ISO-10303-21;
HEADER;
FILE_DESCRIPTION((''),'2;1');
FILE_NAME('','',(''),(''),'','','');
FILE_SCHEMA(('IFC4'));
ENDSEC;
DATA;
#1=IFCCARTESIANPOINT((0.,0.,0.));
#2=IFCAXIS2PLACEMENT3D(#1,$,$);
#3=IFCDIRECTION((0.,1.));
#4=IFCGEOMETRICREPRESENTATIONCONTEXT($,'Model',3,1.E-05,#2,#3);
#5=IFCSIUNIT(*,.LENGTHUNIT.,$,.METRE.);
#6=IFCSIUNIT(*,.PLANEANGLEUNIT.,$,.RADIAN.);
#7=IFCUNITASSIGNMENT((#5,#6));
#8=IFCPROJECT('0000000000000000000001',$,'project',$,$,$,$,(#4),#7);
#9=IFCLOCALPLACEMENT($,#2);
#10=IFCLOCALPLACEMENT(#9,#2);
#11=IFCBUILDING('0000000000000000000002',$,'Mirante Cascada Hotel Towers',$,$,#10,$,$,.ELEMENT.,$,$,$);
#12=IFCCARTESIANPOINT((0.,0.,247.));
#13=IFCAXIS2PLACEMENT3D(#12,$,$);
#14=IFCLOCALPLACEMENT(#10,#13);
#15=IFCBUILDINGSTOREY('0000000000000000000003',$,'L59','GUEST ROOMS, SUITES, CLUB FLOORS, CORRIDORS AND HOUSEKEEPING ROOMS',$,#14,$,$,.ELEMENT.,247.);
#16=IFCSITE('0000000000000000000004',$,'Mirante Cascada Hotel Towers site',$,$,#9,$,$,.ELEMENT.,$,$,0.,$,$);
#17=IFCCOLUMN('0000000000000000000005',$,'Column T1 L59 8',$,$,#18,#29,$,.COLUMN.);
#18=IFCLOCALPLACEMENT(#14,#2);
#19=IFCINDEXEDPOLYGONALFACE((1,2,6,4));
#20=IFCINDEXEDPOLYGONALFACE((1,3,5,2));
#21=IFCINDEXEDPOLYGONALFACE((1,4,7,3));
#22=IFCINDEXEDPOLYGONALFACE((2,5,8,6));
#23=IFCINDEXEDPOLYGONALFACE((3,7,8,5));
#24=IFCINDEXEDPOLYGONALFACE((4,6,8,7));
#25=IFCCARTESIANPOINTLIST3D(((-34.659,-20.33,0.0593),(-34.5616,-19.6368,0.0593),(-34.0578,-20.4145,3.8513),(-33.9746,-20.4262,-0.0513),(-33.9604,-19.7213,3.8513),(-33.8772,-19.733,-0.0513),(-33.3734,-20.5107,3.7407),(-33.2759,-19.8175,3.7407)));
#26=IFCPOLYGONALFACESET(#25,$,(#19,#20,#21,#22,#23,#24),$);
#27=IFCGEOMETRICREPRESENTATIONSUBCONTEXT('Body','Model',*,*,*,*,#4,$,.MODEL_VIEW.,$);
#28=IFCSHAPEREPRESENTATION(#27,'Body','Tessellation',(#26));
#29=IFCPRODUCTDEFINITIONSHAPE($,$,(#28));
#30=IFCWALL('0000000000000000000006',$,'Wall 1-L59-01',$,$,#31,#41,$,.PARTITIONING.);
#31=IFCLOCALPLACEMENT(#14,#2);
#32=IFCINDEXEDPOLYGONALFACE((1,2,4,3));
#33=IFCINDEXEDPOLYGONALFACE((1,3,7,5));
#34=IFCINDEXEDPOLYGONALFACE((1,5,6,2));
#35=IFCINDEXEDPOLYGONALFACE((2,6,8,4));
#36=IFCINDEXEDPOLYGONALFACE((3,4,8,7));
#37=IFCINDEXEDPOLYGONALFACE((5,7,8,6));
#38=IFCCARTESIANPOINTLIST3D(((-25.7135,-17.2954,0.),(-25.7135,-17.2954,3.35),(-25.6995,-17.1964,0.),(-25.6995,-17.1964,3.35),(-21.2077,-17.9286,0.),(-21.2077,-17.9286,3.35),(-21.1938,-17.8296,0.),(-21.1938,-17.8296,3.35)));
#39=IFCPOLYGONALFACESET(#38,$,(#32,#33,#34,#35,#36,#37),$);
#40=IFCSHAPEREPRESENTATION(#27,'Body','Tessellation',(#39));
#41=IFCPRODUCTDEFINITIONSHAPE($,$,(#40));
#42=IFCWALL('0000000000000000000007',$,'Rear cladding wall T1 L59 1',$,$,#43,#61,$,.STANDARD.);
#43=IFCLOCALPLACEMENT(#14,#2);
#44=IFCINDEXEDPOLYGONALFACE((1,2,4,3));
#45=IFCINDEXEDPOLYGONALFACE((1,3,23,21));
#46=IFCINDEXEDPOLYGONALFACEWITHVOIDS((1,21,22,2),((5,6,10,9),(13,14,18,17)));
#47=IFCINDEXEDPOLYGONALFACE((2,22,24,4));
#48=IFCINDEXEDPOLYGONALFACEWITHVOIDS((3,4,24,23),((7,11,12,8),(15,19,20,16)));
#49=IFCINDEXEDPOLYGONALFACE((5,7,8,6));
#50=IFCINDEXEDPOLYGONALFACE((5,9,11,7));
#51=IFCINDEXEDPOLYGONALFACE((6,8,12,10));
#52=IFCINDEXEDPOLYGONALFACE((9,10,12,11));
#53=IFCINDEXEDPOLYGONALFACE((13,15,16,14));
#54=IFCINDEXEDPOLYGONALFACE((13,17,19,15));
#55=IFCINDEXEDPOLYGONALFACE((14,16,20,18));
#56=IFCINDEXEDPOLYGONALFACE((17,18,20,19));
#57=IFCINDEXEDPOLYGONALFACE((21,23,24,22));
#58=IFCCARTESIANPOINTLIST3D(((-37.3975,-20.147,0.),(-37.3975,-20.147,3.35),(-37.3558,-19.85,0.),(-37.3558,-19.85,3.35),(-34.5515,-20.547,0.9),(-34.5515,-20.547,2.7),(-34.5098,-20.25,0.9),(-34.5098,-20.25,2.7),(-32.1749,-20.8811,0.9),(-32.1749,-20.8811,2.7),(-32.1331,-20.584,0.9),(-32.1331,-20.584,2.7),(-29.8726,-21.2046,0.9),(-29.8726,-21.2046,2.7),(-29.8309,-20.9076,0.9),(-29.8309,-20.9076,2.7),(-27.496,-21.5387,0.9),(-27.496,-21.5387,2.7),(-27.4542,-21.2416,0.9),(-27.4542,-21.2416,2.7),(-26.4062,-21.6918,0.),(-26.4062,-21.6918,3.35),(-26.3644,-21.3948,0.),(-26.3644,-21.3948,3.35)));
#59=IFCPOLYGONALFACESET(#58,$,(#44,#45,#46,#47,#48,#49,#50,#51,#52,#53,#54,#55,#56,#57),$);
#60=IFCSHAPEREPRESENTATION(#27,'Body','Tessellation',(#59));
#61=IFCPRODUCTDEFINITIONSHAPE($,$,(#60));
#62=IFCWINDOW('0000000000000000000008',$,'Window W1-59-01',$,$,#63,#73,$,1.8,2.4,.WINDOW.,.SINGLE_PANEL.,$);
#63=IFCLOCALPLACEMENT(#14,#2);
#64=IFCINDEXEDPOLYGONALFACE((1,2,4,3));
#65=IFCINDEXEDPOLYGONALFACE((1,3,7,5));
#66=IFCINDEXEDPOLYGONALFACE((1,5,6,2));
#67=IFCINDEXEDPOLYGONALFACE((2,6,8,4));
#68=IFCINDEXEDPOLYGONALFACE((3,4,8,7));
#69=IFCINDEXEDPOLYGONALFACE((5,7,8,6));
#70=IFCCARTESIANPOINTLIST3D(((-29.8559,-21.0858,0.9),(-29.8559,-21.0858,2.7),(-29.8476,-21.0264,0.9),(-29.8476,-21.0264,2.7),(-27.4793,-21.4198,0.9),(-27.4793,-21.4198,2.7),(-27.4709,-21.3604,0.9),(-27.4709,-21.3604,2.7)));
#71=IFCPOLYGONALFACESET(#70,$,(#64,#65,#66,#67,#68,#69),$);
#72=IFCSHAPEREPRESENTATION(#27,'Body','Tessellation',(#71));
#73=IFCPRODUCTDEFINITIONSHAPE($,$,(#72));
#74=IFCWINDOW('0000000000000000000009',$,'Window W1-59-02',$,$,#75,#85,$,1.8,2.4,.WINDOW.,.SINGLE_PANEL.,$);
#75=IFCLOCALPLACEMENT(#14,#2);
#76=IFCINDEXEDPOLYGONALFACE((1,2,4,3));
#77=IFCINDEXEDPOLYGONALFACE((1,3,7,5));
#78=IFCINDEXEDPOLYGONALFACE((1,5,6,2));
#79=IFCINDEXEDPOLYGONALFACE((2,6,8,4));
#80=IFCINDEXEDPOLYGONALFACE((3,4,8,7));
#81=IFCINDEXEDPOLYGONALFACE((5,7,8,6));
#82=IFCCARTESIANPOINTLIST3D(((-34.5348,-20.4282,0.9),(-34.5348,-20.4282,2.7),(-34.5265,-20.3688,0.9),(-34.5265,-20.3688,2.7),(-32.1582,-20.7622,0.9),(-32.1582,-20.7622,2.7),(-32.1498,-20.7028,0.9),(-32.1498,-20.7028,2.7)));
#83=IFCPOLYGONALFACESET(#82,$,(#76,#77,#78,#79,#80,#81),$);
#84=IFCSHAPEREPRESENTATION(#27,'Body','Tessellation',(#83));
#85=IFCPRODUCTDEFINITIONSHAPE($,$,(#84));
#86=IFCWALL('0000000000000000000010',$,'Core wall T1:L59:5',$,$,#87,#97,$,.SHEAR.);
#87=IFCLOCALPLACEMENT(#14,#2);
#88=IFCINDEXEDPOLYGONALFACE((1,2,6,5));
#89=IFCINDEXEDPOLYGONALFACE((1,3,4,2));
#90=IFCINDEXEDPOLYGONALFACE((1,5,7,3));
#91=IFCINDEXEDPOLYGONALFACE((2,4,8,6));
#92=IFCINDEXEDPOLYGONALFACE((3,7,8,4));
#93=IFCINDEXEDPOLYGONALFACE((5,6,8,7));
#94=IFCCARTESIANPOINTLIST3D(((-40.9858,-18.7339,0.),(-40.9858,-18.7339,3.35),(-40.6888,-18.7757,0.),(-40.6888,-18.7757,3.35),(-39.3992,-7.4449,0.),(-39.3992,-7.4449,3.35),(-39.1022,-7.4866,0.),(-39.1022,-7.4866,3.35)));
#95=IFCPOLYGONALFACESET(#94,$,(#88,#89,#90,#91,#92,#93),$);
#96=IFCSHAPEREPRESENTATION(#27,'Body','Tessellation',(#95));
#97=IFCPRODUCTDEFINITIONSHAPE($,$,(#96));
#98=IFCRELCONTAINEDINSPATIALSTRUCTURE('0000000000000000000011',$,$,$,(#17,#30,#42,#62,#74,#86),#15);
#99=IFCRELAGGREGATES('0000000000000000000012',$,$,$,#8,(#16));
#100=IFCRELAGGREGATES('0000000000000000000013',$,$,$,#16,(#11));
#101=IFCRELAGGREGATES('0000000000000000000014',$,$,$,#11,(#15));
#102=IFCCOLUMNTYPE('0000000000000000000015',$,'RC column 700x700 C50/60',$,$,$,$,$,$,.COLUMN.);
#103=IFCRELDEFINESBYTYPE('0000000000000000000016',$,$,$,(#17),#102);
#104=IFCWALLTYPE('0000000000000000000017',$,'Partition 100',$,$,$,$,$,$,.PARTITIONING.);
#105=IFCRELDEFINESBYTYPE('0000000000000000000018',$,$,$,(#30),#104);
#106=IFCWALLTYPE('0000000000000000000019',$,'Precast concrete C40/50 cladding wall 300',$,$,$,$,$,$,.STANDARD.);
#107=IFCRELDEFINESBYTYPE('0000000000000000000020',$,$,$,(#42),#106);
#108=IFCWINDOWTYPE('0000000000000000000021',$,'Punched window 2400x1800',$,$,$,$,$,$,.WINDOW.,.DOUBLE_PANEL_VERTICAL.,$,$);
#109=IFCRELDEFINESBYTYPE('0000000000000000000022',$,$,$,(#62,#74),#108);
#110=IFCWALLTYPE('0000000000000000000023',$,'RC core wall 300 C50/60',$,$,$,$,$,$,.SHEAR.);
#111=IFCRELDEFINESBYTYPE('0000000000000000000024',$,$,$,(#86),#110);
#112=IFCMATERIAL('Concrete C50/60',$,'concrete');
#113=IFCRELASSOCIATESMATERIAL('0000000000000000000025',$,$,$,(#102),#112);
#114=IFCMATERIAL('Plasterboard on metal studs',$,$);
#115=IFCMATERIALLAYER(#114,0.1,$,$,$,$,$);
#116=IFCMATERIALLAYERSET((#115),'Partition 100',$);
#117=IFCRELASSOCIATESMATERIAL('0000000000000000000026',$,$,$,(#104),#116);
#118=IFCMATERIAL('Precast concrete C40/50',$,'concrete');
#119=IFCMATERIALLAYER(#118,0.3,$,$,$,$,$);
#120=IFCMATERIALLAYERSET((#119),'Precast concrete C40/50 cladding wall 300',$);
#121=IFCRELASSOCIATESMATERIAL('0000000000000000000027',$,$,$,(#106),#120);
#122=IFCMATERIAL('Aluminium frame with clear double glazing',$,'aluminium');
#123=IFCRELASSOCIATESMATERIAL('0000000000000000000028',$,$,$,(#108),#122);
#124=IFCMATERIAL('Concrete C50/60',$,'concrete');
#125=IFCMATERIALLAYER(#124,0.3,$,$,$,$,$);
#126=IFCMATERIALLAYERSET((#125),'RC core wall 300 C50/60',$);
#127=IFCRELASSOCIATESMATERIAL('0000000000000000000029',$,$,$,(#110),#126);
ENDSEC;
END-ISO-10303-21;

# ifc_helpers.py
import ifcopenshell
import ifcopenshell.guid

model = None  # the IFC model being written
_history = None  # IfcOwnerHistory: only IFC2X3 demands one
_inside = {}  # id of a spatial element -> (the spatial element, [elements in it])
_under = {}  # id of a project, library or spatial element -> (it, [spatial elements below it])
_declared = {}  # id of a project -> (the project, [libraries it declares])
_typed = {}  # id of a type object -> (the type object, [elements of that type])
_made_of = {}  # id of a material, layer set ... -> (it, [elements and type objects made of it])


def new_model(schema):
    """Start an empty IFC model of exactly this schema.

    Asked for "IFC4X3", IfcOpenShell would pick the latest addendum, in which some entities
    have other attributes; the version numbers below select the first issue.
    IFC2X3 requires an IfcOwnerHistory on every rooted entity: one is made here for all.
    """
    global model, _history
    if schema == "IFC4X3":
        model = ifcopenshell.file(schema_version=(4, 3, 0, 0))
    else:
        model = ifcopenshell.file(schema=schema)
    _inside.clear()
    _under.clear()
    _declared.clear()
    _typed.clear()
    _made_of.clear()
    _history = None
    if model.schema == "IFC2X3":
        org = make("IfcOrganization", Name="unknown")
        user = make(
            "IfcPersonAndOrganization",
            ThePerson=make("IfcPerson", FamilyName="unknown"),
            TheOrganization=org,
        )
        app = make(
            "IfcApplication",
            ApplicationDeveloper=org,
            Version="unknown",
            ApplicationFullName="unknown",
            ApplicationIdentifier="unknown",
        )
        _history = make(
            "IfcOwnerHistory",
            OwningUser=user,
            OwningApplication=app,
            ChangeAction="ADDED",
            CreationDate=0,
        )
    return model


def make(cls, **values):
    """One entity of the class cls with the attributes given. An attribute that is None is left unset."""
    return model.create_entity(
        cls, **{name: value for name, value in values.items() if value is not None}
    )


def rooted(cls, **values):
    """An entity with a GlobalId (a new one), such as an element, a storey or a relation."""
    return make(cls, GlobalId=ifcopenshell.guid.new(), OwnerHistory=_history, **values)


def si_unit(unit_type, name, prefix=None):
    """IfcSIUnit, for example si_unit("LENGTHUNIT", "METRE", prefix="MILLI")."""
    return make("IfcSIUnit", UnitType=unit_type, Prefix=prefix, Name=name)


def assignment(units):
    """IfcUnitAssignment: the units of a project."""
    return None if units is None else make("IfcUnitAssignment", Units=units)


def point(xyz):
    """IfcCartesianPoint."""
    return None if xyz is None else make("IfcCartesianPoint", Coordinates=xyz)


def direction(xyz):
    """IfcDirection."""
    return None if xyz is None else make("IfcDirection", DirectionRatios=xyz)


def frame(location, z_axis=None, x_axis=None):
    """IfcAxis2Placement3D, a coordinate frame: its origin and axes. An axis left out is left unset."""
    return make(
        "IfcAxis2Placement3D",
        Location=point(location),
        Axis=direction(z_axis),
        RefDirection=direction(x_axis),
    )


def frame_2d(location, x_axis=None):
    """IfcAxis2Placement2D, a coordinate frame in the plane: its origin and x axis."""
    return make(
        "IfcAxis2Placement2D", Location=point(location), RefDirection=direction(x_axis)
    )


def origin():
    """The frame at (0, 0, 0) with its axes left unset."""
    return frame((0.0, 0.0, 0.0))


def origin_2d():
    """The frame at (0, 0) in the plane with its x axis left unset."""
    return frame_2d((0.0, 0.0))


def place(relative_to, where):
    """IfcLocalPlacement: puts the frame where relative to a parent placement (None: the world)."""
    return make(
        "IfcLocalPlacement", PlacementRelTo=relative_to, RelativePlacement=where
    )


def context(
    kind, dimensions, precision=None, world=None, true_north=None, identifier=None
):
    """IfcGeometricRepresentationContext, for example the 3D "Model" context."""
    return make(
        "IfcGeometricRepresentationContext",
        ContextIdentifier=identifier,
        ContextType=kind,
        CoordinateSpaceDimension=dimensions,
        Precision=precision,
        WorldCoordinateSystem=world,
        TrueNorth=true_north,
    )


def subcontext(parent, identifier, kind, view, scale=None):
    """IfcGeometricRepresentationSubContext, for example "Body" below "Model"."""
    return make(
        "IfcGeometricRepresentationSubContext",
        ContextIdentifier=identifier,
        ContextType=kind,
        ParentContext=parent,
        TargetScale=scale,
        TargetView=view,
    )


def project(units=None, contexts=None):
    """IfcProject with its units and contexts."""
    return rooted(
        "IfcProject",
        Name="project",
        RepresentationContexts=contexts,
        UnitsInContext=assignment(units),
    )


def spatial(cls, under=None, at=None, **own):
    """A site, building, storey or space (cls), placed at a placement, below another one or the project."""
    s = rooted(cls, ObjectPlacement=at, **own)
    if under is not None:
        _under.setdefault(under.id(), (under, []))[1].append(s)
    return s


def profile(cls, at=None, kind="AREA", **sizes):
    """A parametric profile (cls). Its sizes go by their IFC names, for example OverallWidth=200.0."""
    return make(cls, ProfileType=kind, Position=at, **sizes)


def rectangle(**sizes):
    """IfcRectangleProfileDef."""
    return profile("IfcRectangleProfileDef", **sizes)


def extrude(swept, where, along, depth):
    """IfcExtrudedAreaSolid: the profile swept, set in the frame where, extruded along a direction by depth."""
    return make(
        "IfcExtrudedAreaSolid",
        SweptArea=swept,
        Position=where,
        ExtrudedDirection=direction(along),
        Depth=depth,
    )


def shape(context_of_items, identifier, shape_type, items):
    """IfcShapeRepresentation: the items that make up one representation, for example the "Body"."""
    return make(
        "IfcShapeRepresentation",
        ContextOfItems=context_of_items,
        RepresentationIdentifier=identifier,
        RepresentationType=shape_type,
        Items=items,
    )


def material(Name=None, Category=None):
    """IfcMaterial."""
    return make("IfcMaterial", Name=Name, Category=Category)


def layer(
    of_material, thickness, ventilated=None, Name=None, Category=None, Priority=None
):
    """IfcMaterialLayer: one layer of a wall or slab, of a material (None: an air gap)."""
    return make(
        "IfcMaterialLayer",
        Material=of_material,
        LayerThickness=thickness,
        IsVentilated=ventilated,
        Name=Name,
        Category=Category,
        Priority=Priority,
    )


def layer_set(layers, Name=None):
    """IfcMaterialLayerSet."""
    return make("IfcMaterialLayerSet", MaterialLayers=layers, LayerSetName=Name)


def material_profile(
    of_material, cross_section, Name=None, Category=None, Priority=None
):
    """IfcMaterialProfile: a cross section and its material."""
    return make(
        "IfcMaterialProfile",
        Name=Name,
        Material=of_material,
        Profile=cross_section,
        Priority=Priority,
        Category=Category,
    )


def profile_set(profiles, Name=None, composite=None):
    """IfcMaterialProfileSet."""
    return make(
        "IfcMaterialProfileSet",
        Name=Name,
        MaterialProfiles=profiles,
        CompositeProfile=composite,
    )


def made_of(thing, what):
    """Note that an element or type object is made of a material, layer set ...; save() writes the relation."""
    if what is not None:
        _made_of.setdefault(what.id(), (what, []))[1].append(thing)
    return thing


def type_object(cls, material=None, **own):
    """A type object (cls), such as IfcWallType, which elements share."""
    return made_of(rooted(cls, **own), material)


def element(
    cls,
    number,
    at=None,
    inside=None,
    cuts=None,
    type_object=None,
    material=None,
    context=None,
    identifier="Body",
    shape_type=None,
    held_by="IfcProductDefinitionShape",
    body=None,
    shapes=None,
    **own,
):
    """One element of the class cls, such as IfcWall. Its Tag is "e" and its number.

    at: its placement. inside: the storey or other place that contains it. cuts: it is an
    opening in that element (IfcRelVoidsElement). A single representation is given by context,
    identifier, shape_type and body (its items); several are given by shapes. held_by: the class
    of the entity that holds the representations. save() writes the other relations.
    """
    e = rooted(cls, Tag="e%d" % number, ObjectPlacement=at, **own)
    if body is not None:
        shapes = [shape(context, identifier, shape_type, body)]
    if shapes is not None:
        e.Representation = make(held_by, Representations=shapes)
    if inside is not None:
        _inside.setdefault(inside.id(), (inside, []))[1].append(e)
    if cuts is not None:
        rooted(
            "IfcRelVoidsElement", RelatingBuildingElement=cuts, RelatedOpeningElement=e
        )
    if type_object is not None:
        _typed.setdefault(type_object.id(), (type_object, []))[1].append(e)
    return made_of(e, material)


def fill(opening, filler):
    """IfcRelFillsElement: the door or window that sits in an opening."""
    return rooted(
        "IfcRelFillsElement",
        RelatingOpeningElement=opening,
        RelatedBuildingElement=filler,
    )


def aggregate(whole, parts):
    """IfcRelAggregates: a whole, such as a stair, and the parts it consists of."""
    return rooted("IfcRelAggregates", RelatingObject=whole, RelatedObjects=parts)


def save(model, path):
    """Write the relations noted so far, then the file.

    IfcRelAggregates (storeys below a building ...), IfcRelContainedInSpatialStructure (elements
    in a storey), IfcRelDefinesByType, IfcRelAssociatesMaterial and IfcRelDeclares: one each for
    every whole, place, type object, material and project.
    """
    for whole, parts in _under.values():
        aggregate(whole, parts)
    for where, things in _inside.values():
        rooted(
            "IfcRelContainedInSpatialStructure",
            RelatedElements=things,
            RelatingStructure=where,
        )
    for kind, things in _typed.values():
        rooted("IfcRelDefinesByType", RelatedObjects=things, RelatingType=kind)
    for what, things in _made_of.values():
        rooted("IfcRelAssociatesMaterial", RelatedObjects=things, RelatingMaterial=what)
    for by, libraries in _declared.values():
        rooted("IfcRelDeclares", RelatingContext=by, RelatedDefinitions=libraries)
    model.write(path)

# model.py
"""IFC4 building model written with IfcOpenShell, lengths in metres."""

from ifc_helpers import new_model, si_unit, direction, frame, frame_2d, origin, origin_2d, place, context, subcontext, project, spatial, rectangle, extrude, material, layer, layer_set, material_profile, profile_set, type_object, element, fill, save


model = new_model("IFC4")

# Units and contexts
model_context = context("Model", 3, precision=1e-05, world=origin(), true_north=direction((0.0, 1.0)))
body_context = subcontext(model_context, "Body", "Model", "MODEL_VIEW")
ifc_project = project(units=[si_unit("LENGTHUNIT", "METRE"), si_unit("PLANEANGLEUNIT", "RADIAN")], contexts=[model_context])

# Site, building, storey
site_placement = place(None, origin())
site = spatial("IfcSite", under=ifc_project, at=site_placement, Name="Mirante Cascada Hotel Towers site", CompositionType="ELEMENT", RefElevation=0.0)
building_placement = place(site_placement, origin())
building = spatial("IfcBuilding", under=site, at=building_placement, Name="Mirante Cascada Hotel Towers", CompositionType="ELEMENT")
storey_placement = place(building_placement, frame((0.0, 0.0, 247.0)))
storey = spatial("IfcBuildingStorey", under=building, at=storey_placement, Name="L59", Description="GUEST ROOMS, SUITES, CLUB FLOORS, CORRIDORS AND HOUSEKEEPING ROOMS", CompositionType="ELEMENT", Elevation=247.0)

# Column
ifc_material_1 = material(Name="Concrete C50/60", Category="concrete")
ifc_material_profile = material_profile(ifc_material_1, rectangle(XDim=0.7, YDim=0.7, at=origin_2d()), Name="RC column 700x700 C50/60")
ifc_profile_set = profile_set([ifc_material_profile], Name="Concrete C50/60")
column_type = type_object("IfcColumnType", Name="RC column 700x700 C50/60", PredefinedType="COLUMN", material=ifc_profile_set)
column_placement = place(storey_placement, frame((-34.2681, -20.0315, 0.004), z_axis=(0.156551, -0.022003, 0.987425), x_axis=(0.139184, 0.990267, 0.0)))
element("IfcColumn", 1, at=column_placement, inside=storey, type_object=column_type, Name="Column T1 L59 8", PredefinedType="COLUMN", context=body_context, shape_type="SweptSolid", body=[
    extrude(rectangle(XDim=0.7, YDim=0.7, at=origin_2d()), origin(), (0.0, 0.0, 1.0), 3.8403),
])

# Wall
ifc_material_2 = material(Name="Plasterboard on metal studs")
ifc_layer_1 = layer(ifc_material_2, 0.1)
ifc_layer_set_1 = layer_set([ifc_layer_1], Name="Partition 100")
wall_type_1 = type_object("IfcWallType", Name="Partition 100", PredefinedType="PARTITIONING", material=ifc_layer_set_1)
wall_1_placement = place(storey_placement, frame((-25.7065, -17.2459, 0.0), z_axis=(0.0, 0.0, 1.0), x_axis=(0.990269, -0.139166, 0.0)))
element("IfcWall", 2, at=wall_1_placement, inside=storey, type_object=wall_type_1, Name="Wall 1-L59-01", PredefinedType="PARTITIONING", context=body_context, shape_type="SweptSolid", body=[
    extrude(rectangle(XDim=4.55, YDim=0.1, at=frame_2d((2.275, 0.0))), origin(), (0.0, 0.0, 1.0), 3.35),
])

# Wall, openings, windows
ifc_material_3 = material(Name="Precast concrete C40/50", Category="concrete")
ifc_layer_2 = layer(ifc_material_3, 0.3)
ifc_layer_set_2 = layer_set([ifc_layer_2], Name="Precast concrete C40/50 cladding wall 300")
wall_type_2 = type_object("IfcWallType", Name="Precast concrete C40/50 cladding wall 300", PredefinedType="STANDARD", material=ifc_layer_set_2)
wall_2_placement = place(storey_placement, frame((-26.3853, -21.5433, 0.0), z_axis=(0.0, 0.0, 1.0), x_axis=(-0.990267, 0.139178, 0.0)))
wall_2 = element("IfcWall", 3, at=wall_2_placement, inside=storey, type_object=wall_type_2, Name="Rear cladding wall T1 L59 1", PredefinedType="STANDARD", context=body_context, shape_type="SweptSolid", body=[
    extrude(rectangle(XDim=11.0994, YDim=0.3, at=frame_2d((5.5497, 0.0))), origin(), (0.0, 0.0, 1.0), 3.35),
])
opening_1_placement = place(wall_2_placement, frame((1.1005, 0.0, 0.9)))
opening_1 = element("IfcOpeningElement", 4, at=opening_1_placement, cuts=wall_2, PredefinedType="OPENING", context=body_context, shape_type="SweptSolid", body=[
    extrude(rectangle(XDim=2.4, YDim=1.8, at=frame_2d((1.2, 0.9))), frame((0.0, 0.15, 0.0), z_axis=(0.0, -1.0, 0.0), x_axis=(1.0, 0.0, 0.0)), (0.0, 0.0, 1.0), 0.3),
])
opening_2_placement = place(wall_2_placement, frame((5.8254, 0.0, 0.9)))
opening_2 = element("IfcOpeningElement", 5, at=opening_2_placement, cuts=wall_2, PredefinedType="OPENING", context=body_context, shape_type="SweptSolid", body=[
    extrude(rectangle(XDim=2.4, YDim=1.8, at=frame_2d((1.2, 0.9))), frame((0.0, 0.15, 0.0), z_axis=(0.0, -1.0, 0.0), x_axis=(1.0, 0.0, 0.0)), (0.0, 0.0, 1.0), 0.3),
])
ifc_material_4 = material(Name="Aluminium frame with clear double glazing", Category="aluminium")
window_type = type_object("IfcWindowType", Name="Punched window 2400x1800", PartitioningType="DOUBLE_PANEL_VERTICAL", PredefinedType="WINDOW", material=ifc_material_4)
window_1_placement = place(opening_1_placement, origin())
window_1 = element("IfcWindow", 6, at=window_1_placement, inside=storey, type_object=window_type, Name="Window W1-59-01", OverallHeight=1.8, OverallWidth=2.4, PartitioningType="SINGLE_PANEL", PredefinedType="WINDOW", context=body_context, shape_type="SweptSolid", body=[
    extrude(rectangle(XDim=2.4, YDim=1.8, at=frame_2d((1.2, 0.9))), frame((0.0, 0.03, 0.0), z_axis=(0.0, -1.0, 0.0), x_axis=(1.0, 0.0, 0.0)), (0.0, 0.0, 1.0), 0.06),
])
fill(opening_1, window_1)
window_2_placement = place(opening_2_placement, origin())
window_2 = element("IfcWindow", 7, at=window_2_placement, inside=storey, type_object=window_type, Name="Window W1-59-02", OverallHeight=1.8, OverallWidth=2.4, PartitioningType="SINGLE_PANEL", PredefinedType="WINDOW", context=body_context, shape_type="SweptSolid", body=[
    extrude(rectangle(XDim=2.4, YDim=1.8, at=frame_2d((1.2, 0.9))), frame((0.0, 0.03, 0.0), z_axis=(0.0, -1.0, 0.0), x_axis=(1.0, 0.0, 0.0)), (0.0, 0.0, 1.0), 0.06),
])
fill(opening_2, window_2)

# Wall
ifc_material_5 = material(Name="Concrete C50/60", Category="concrete")
ifc_layer_3 = layer(ifc_material_5, 0.3)
ifc_layer_set_3 = layer_set([ifc_layer_3], Name="RC core wall 300 C50/60")
wall_type_3 = type_object("IfcWallType", Name="RC core wall 300 C50/60", PredefinedType="SHEAR", material=ifc_layer_set_3)
wall_3_placement = place(storey_placement, frame((-40.8373, -18.7548, 0.0), z_axis=(0.0, 0.0, 1.0), x_axis=(0.139175, 0.990268, 0.0)))
element("IfcWall", 8, at=wall_3_placement, inside=storey, type_object=wall_type_3, Name="Core wall T1:L59:5", PredefinedType="SHEAR", context=body_context, shape_type="SweptSolid", body=[
    extrude(rectangle(XDim=11.4, YDim=0.3, at=frame_2d((5.7, 0.0))), origin(), (0.0, 0.0, 1.0), 3.35),
])

save(model, "model.ifc")
